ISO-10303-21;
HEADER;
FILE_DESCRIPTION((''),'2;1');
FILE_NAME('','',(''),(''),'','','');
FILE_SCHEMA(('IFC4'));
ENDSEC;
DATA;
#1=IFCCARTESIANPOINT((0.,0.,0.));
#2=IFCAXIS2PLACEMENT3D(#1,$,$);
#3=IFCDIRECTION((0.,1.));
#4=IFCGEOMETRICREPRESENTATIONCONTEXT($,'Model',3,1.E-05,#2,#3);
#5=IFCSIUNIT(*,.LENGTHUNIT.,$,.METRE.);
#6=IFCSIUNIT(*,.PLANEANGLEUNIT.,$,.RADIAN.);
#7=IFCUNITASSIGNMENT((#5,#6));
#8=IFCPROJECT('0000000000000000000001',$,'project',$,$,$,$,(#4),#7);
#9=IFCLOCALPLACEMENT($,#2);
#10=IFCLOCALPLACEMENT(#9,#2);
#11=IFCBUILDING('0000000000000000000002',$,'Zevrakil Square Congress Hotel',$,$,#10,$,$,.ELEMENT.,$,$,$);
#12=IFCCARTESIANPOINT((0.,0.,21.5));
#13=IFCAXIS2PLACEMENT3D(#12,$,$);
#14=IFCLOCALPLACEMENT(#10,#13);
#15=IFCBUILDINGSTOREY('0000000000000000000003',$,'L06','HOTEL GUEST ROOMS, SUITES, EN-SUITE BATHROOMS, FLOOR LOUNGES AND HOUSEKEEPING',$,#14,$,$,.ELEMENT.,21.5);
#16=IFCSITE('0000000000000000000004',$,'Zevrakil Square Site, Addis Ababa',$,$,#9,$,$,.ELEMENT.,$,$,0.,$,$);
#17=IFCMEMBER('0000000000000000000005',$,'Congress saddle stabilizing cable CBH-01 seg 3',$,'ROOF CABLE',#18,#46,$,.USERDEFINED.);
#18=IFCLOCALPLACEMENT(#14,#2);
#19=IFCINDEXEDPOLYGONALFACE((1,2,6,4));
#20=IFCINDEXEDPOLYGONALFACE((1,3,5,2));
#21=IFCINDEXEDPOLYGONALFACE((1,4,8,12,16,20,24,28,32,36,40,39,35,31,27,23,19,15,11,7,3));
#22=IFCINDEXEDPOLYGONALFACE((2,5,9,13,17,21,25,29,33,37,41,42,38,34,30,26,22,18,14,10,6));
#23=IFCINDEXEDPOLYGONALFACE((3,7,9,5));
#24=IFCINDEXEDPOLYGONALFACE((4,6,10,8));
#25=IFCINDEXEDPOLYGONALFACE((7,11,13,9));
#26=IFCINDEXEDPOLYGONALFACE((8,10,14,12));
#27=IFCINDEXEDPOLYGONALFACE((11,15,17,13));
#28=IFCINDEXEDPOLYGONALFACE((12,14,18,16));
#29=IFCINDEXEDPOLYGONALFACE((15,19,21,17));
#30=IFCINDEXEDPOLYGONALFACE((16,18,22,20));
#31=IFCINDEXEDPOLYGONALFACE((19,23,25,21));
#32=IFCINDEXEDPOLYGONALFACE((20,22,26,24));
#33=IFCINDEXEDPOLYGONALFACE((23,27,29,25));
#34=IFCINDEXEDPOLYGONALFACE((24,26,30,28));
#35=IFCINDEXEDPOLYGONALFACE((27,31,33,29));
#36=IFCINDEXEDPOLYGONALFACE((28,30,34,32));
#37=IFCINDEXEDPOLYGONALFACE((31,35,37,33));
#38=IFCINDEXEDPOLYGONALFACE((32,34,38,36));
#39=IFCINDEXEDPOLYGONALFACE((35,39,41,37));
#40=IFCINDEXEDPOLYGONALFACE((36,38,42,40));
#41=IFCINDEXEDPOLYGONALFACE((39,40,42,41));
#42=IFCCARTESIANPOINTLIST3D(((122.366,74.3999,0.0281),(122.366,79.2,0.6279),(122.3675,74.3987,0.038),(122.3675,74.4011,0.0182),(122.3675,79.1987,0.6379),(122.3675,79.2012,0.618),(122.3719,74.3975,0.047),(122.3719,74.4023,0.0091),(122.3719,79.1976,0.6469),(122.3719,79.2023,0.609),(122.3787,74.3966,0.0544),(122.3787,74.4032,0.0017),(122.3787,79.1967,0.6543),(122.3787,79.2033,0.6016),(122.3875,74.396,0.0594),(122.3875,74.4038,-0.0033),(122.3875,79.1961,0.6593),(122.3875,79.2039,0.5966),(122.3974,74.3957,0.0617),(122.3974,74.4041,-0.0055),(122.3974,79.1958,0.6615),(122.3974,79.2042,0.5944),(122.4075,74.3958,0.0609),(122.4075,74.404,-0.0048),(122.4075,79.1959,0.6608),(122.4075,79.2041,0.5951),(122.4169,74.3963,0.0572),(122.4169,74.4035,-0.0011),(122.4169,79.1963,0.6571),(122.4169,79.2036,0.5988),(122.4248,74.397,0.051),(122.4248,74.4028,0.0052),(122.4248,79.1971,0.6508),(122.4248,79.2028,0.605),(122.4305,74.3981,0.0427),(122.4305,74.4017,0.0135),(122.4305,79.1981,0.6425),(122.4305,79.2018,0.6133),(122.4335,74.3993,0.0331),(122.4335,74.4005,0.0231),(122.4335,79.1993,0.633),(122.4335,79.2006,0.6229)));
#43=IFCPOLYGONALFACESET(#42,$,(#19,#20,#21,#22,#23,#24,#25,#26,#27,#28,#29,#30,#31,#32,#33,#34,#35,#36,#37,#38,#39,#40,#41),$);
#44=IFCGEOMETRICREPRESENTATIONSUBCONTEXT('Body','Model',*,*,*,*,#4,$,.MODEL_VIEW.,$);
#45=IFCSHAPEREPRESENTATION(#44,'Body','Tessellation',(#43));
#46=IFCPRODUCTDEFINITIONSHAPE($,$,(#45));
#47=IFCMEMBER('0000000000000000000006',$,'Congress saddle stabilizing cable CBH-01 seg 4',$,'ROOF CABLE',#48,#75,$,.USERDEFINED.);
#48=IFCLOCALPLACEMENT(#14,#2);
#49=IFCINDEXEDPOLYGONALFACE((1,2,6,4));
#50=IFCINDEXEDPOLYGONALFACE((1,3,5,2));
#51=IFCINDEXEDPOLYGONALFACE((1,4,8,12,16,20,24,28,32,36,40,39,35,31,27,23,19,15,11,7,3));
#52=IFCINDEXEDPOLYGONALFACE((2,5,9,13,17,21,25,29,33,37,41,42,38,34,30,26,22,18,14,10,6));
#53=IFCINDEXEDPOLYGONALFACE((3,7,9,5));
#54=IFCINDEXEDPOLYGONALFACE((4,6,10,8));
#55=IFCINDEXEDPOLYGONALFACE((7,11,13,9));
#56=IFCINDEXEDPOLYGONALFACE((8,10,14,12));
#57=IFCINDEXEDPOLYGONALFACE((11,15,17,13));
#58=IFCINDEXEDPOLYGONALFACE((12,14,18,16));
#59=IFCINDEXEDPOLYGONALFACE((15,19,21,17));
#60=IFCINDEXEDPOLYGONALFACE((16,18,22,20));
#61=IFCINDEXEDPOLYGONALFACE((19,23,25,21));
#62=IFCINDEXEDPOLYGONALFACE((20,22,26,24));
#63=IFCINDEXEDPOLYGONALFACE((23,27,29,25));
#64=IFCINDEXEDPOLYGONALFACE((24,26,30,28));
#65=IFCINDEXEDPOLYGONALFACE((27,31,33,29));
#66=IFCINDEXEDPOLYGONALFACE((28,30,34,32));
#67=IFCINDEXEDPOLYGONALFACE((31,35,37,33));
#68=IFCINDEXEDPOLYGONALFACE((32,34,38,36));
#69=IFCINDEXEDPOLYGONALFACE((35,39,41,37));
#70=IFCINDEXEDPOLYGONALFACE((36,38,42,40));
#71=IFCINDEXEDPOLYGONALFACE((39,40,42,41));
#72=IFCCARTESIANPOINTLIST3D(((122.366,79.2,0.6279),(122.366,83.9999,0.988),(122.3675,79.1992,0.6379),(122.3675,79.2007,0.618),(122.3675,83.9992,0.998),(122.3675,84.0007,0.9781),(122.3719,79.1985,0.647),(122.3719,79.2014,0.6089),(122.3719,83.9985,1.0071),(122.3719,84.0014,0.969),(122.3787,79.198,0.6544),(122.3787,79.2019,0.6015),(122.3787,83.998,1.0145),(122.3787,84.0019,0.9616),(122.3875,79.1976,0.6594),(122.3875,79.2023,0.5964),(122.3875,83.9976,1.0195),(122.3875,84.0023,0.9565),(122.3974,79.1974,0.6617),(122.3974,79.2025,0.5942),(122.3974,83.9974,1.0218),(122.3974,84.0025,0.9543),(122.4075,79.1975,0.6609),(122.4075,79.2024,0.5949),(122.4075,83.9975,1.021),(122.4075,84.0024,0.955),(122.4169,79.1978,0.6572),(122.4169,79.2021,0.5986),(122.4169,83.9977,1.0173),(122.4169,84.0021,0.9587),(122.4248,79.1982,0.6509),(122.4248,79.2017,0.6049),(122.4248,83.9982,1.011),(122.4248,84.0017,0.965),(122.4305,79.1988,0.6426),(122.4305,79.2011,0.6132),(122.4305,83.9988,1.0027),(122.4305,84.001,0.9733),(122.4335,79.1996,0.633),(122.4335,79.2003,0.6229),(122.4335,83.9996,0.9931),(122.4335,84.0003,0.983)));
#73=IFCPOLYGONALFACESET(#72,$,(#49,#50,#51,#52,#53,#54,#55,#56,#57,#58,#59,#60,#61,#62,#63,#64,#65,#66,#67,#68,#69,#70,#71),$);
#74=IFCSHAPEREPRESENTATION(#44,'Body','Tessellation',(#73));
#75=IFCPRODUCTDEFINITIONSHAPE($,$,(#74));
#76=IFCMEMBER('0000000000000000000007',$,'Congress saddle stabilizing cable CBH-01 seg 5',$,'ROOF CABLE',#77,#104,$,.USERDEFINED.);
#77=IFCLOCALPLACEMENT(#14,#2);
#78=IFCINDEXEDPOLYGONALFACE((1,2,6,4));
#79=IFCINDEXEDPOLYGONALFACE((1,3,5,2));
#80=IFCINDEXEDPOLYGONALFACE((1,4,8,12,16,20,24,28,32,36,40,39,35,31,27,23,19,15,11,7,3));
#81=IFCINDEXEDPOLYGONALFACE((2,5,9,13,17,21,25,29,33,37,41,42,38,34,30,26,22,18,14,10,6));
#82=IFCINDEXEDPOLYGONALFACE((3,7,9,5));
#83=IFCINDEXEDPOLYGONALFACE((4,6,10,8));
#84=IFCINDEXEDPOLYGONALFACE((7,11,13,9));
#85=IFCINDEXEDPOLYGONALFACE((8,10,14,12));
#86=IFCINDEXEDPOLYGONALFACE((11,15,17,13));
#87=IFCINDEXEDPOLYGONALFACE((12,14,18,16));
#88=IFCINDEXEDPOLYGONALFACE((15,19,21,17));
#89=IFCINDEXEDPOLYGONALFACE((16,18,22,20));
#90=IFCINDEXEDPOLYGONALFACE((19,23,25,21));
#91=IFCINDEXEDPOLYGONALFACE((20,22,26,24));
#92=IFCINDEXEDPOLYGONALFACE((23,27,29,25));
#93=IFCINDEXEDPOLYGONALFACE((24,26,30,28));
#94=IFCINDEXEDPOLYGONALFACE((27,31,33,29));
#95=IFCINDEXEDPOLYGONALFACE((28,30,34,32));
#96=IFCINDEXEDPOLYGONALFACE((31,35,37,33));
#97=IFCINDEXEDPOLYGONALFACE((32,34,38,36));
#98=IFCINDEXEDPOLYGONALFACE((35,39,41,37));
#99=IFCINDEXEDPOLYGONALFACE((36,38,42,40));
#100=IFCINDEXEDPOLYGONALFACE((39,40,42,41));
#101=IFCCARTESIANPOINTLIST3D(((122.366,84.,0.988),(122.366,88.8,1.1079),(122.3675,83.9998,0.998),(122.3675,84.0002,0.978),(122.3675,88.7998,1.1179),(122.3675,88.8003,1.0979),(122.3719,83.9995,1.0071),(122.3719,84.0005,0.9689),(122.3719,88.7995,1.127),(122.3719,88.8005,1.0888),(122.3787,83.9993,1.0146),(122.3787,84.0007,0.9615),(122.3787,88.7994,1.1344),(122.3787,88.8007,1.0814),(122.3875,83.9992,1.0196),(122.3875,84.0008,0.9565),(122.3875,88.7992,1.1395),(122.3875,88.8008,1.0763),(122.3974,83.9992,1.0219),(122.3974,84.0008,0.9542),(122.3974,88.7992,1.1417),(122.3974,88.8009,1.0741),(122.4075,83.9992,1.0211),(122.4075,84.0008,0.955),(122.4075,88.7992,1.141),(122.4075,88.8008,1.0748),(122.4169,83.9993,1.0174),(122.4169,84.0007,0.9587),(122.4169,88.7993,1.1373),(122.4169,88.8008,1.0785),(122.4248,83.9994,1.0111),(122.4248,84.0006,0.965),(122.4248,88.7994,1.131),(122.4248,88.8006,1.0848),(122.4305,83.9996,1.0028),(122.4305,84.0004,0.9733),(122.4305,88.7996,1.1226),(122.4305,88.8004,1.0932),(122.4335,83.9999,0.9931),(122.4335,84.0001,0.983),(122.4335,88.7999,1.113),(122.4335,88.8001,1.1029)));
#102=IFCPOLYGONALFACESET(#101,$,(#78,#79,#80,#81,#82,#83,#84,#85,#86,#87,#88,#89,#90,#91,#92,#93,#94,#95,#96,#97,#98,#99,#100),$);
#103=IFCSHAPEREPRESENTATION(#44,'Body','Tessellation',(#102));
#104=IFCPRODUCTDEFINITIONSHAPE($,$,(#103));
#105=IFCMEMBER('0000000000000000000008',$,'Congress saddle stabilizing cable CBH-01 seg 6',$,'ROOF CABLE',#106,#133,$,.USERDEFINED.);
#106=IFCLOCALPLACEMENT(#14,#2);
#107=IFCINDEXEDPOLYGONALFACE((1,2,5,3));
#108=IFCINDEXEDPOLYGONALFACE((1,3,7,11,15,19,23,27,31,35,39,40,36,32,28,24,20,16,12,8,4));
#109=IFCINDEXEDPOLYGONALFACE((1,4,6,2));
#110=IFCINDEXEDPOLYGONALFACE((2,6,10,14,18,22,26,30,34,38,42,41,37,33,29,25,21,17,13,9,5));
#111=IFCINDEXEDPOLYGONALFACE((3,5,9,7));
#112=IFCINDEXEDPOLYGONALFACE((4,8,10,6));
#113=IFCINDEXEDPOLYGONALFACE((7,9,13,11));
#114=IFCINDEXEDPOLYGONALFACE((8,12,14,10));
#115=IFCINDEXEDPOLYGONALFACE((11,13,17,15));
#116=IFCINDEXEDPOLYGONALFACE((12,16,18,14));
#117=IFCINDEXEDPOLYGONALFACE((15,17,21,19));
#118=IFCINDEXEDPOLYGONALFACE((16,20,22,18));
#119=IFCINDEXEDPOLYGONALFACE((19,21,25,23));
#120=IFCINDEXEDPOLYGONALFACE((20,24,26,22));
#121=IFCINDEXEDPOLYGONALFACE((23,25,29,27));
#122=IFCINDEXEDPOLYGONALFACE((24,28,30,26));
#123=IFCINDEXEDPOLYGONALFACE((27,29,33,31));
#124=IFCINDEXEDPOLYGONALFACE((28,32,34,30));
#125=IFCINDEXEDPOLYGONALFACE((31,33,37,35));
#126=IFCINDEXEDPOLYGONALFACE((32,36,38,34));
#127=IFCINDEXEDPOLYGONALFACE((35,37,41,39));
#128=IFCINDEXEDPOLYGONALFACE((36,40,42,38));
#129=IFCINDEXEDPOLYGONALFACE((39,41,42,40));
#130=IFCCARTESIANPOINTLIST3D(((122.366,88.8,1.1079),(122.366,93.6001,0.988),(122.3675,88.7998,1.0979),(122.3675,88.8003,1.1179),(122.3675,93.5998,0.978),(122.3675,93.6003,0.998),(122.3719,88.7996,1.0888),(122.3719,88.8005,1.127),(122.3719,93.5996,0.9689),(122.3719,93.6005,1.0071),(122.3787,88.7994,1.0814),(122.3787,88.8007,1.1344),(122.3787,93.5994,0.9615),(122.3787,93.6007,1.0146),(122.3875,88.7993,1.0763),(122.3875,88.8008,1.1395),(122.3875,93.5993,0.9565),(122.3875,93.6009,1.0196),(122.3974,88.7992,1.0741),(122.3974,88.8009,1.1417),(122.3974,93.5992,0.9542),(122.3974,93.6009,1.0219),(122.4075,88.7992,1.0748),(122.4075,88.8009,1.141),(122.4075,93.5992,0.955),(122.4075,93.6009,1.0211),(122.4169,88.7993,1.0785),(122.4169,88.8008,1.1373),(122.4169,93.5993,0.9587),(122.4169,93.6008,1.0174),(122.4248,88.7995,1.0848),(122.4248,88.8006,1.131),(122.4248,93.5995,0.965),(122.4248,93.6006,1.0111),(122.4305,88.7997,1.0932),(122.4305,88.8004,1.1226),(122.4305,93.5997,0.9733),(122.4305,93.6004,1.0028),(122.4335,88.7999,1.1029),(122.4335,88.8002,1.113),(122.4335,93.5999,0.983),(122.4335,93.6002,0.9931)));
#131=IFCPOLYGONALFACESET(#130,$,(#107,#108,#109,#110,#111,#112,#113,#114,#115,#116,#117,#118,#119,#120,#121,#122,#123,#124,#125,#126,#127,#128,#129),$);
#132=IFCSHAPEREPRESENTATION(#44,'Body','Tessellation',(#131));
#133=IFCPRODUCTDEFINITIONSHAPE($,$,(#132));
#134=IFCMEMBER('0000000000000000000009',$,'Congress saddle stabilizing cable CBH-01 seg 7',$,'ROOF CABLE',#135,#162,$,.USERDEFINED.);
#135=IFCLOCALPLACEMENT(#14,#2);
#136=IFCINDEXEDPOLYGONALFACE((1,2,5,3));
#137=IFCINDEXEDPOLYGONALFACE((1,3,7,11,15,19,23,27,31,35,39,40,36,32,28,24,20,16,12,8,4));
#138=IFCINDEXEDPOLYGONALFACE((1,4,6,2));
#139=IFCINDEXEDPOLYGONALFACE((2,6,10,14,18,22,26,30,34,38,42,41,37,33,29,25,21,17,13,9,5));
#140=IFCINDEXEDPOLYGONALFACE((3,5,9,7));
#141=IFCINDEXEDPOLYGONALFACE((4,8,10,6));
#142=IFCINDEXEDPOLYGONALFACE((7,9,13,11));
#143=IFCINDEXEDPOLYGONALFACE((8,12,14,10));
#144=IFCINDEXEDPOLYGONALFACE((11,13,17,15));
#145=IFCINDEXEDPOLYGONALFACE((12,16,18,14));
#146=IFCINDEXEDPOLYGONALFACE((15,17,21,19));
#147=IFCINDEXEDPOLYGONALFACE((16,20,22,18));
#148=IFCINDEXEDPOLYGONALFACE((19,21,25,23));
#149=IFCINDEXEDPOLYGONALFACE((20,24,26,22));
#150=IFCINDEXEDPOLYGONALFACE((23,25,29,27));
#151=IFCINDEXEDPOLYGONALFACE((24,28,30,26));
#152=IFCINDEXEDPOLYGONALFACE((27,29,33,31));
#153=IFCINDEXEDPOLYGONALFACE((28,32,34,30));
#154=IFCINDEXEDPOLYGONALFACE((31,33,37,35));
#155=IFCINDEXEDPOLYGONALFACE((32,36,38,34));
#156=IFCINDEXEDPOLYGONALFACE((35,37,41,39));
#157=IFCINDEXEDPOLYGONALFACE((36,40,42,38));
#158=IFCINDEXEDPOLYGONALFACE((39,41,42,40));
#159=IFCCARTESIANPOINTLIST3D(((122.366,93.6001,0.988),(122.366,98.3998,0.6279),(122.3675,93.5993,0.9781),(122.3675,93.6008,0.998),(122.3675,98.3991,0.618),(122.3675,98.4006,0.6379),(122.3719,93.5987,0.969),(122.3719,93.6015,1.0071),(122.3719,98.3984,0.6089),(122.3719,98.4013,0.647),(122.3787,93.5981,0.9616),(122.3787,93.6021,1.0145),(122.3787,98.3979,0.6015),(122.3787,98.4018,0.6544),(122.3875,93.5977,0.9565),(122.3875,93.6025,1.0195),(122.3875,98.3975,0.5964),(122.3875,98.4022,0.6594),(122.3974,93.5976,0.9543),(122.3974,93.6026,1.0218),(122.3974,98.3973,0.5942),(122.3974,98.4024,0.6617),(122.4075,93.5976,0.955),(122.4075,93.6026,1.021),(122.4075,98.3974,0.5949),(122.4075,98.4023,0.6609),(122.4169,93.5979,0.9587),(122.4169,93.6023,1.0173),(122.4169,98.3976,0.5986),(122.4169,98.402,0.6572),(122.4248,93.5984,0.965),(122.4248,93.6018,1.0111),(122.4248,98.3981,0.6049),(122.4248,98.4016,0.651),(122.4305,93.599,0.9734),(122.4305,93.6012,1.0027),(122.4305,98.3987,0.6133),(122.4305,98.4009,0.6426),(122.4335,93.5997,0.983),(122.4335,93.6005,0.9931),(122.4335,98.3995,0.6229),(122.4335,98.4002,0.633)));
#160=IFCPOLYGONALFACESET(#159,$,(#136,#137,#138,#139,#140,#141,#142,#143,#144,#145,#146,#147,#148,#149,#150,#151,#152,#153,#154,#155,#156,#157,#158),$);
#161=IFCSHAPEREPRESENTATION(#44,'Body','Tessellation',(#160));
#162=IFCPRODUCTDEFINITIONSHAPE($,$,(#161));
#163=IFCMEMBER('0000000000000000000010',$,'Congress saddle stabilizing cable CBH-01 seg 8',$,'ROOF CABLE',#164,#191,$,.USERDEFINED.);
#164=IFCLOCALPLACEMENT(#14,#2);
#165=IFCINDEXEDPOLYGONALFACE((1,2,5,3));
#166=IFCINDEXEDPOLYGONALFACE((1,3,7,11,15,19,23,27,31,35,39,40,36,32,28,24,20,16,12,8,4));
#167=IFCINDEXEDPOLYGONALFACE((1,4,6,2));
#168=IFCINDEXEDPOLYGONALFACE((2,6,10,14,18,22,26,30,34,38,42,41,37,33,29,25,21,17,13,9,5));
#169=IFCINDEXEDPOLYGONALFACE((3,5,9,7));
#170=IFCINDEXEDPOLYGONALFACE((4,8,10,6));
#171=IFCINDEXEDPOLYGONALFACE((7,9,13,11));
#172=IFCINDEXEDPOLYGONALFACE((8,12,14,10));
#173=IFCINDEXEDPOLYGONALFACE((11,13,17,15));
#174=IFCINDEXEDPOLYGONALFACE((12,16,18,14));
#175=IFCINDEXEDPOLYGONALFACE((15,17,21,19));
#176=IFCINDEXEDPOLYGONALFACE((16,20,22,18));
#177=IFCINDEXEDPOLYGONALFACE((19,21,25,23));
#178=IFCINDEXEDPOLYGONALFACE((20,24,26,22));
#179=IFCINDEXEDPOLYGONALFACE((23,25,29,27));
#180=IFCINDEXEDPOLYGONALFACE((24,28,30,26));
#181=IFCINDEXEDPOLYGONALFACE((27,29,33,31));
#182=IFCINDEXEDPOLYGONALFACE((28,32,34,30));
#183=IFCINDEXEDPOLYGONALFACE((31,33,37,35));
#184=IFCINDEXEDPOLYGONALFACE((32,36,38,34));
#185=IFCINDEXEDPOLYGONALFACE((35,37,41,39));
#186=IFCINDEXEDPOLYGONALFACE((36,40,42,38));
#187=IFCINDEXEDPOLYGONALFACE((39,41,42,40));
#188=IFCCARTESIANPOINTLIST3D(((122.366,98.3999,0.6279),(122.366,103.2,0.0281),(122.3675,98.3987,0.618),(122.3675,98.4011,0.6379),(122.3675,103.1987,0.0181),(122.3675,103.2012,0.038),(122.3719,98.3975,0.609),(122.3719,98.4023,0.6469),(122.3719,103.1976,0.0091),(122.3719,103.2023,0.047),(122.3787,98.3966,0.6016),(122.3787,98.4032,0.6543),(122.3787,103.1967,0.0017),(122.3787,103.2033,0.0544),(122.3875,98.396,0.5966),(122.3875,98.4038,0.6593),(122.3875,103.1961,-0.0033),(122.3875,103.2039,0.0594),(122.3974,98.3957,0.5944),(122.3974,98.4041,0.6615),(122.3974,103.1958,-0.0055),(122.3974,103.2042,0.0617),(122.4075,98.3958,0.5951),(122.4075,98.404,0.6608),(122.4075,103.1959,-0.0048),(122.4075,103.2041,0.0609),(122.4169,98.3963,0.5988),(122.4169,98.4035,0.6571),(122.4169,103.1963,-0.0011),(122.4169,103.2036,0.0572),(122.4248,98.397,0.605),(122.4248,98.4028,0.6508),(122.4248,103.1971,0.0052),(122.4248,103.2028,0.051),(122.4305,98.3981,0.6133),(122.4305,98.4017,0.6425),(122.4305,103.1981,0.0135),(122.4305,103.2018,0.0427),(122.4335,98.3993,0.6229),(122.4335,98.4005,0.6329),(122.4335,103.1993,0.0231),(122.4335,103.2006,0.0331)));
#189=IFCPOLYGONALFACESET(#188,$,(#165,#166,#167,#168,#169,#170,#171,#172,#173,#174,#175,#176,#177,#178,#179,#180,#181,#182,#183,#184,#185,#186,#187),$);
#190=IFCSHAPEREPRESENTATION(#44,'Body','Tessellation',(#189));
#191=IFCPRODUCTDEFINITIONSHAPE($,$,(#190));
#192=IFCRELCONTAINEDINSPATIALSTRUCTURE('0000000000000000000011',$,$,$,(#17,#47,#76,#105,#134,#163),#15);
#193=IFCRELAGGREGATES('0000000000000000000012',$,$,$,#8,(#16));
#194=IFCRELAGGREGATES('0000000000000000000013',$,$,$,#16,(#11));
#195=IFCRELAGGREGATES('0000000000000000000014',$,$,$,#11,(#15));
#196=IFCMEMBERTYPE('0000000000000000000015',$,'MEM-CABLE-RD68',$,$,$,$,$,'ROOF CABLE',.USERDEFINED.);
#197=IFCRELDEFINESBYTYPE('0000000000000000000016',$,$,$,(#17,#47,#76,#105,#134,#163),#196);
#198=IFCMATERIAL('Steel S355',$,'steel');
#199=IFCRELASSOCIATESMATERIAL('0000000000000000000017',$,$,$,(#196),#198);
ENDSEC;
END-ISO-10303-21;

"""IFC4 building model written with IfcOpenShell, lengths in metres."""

from ifc_helpers import new_model, si_unit, direction, frame, origin, origin_2d, place, context, subcontext, project, spatial, circle, extrude, material, material_profile, profile_set, type_object, element, save


model = new_model("IFC4")

# Units and contexts
model_context = context("Model", 3, precision=1e-05, world=origin(), true_north=direction((0.0, 1.0)))
body_context = subcontext(model_context, "Body", "Model", "MODEL_VIEW")
ifc_project = project(units=[si_unit("LENGTHUNIT", "METRE"), si_unit("PLANEANGLEUNIT", "RADIAN")], contexts=[model_context])

# Site, building, storey
site_placement = place(None, origin())
site = spatial("IfcSite", under=ifc_project, at=site_placement, Name="Zevrakil Square Site, Addis Ababa", CompositionType="ELEMENT", RefElevation=0.0)
building_placement = place(site_placement, origin())
building = spatial("IfcBuilding", under=site, at=building_placement, Name="Zevrakil Square Congress Hotel", CompositionType="ELEMENT")
storey_placement = place(building_placement, frame((0.0, 0.0, 21.5)))
storey = spatial("IfcBuildingStorey", under=building, at=storey_placement, Name="L06", Description="HOTEL GUEST ROOMS, SUITES, EN-SUITE BATHROOMS, FLOOR LOUNGES AND HOUSEKEEPING", CompositionType="ELEMENT", Elevation=21.5)

# Members
ifc_material_1 = material(Name="Steel S355", Category="steel")
ifc_material_profile_1 = material_profile(ifc_material_1, circle(Radius=0.0339, at=origin_2d()), Name="CABLE RD68")
ifc_profile_set_1 = profile_set([ifc_material_profile_1], Name="Steel S355")
member_type_1 = type_object("IfcMemberType", Name="MEM-CABLE-RD68", ElementType="ROOF CABLE", PredefinedType="USERDEFINED", material=ifc_profile_set_1)
member_1_placement = place(storey_placement, frame((122.3999, 74.3999, 0.0281), z_axis=(0.0, 0.992282, 0.124004), x_axis=(-1.0, 0.0, 0.0)))
element("IfcMember", 1, at=member_1_placement, inside=storey, type_object=member_type_1, Name="Congress saddle stabilizing cable CBH-01 seg 3", ObjectType="ROOF CABLE", PredefinedType="USERDEFINED", context=body_context, shape_type="SweptSolid", body=[
    extrude(circle(Radius=0.0339, at=origin_2d()), origin(), (0.0, 0.0, 1.0), 4.8374),
])
member_2_placement = place(storey_placement, frame((122.3999, 79.2, 0.6279), z_axis=(0.0, 0.997198, 0.074811), x_axis=(-1.0, 0.0, 0.0)))
element("IfcMember", 2, at=member_2_placement, inside=storey, type_object=member_type_1, Name="Congress saddle stabilizing cable CBH-01 seg 4", ObjectType="ROOF CABLE", PredefinedType="USERDEFINED", context=body_context, shape_type="SweptSolid", body=[
    extrude(circle(Radius=0.0339, at=origin_2d()), origin(), (0.0, 0.0, 1.0), 4.8135),
])
for number, where, z_axis, x_axis, name in (
    (3, (122.3999, 84.0, 0.988), (0.0, 0.999688, 0.024966), (-1.0, 0.0, 0.0), "Congress saddle stabilizing cable CBH-01 seg 5"),
    (4, (122.3999, 88.8, 1.1079), (0.0, 0.999688, -0.024966), (-1.0, 0.0, 0.0), "Congress saddle stabilizing cable CBH-01 seg 6"),
):
    element("IfcMember", number, at=place(storey_placement, frame(where, z_axis=z_axis, x_axis=x_axis)), inside=storey, type_object=member_type_1, Name=name, ObjectType="ROOF CABLE", PredefinedType="USERDEFINED", context=body_context, shape_type="SweptSolid", body=[
        extrude(circle(Radius=0.0339, at=origin_2d()), origin(), (0.0, 0.0, 1.0), 4.8015),
    ])
member_3_placement = place(storey_placement, frame((122.3999, 93.6001, 0.988), z_axis=(0.0, 0.997197, -0.074815), x_axis=(-1.0, 0.0, 0.0)))
element("IfcMember", 5, at=member_3_placement, inside=storey, type_object=member_type_1, Name="Congress saddle stabilizing cable CBH-01 seg 7", ObjectType="ROOF CABLE", PredefinedType="USERDEFINED", context=body_context, shape_type="SweptSolid", body=[
    extrude(circle(Radius=0.0339, at=origin_2d()), origin(), (0.0, 0.0, 1.0), 4.8132),
])
member_4_placement = place(storey_placement, frame((122.3999, 98.3999, 0.6279), z_axis=(0.0, 0.992282, -0.124004), x_axis=(-1.0, 0.0, 0.0)))
element("IfcMember", 6, at=member_4_placement, inside=storey, type_object=member_type_1, Name="Congress saddle stabilizing cable CBH-01 seg 8", ObjectType="ROOF CABLE", PredefinedType="USERDEFINED", context=body_context, shape_type="SweptSolid", body=[
    extrude(circle(Radius=0.0339, at=origin_2d()), origin(), (0.0, 0.0, 1.0), 4.8374),
])

save(model, "model.ifc")
